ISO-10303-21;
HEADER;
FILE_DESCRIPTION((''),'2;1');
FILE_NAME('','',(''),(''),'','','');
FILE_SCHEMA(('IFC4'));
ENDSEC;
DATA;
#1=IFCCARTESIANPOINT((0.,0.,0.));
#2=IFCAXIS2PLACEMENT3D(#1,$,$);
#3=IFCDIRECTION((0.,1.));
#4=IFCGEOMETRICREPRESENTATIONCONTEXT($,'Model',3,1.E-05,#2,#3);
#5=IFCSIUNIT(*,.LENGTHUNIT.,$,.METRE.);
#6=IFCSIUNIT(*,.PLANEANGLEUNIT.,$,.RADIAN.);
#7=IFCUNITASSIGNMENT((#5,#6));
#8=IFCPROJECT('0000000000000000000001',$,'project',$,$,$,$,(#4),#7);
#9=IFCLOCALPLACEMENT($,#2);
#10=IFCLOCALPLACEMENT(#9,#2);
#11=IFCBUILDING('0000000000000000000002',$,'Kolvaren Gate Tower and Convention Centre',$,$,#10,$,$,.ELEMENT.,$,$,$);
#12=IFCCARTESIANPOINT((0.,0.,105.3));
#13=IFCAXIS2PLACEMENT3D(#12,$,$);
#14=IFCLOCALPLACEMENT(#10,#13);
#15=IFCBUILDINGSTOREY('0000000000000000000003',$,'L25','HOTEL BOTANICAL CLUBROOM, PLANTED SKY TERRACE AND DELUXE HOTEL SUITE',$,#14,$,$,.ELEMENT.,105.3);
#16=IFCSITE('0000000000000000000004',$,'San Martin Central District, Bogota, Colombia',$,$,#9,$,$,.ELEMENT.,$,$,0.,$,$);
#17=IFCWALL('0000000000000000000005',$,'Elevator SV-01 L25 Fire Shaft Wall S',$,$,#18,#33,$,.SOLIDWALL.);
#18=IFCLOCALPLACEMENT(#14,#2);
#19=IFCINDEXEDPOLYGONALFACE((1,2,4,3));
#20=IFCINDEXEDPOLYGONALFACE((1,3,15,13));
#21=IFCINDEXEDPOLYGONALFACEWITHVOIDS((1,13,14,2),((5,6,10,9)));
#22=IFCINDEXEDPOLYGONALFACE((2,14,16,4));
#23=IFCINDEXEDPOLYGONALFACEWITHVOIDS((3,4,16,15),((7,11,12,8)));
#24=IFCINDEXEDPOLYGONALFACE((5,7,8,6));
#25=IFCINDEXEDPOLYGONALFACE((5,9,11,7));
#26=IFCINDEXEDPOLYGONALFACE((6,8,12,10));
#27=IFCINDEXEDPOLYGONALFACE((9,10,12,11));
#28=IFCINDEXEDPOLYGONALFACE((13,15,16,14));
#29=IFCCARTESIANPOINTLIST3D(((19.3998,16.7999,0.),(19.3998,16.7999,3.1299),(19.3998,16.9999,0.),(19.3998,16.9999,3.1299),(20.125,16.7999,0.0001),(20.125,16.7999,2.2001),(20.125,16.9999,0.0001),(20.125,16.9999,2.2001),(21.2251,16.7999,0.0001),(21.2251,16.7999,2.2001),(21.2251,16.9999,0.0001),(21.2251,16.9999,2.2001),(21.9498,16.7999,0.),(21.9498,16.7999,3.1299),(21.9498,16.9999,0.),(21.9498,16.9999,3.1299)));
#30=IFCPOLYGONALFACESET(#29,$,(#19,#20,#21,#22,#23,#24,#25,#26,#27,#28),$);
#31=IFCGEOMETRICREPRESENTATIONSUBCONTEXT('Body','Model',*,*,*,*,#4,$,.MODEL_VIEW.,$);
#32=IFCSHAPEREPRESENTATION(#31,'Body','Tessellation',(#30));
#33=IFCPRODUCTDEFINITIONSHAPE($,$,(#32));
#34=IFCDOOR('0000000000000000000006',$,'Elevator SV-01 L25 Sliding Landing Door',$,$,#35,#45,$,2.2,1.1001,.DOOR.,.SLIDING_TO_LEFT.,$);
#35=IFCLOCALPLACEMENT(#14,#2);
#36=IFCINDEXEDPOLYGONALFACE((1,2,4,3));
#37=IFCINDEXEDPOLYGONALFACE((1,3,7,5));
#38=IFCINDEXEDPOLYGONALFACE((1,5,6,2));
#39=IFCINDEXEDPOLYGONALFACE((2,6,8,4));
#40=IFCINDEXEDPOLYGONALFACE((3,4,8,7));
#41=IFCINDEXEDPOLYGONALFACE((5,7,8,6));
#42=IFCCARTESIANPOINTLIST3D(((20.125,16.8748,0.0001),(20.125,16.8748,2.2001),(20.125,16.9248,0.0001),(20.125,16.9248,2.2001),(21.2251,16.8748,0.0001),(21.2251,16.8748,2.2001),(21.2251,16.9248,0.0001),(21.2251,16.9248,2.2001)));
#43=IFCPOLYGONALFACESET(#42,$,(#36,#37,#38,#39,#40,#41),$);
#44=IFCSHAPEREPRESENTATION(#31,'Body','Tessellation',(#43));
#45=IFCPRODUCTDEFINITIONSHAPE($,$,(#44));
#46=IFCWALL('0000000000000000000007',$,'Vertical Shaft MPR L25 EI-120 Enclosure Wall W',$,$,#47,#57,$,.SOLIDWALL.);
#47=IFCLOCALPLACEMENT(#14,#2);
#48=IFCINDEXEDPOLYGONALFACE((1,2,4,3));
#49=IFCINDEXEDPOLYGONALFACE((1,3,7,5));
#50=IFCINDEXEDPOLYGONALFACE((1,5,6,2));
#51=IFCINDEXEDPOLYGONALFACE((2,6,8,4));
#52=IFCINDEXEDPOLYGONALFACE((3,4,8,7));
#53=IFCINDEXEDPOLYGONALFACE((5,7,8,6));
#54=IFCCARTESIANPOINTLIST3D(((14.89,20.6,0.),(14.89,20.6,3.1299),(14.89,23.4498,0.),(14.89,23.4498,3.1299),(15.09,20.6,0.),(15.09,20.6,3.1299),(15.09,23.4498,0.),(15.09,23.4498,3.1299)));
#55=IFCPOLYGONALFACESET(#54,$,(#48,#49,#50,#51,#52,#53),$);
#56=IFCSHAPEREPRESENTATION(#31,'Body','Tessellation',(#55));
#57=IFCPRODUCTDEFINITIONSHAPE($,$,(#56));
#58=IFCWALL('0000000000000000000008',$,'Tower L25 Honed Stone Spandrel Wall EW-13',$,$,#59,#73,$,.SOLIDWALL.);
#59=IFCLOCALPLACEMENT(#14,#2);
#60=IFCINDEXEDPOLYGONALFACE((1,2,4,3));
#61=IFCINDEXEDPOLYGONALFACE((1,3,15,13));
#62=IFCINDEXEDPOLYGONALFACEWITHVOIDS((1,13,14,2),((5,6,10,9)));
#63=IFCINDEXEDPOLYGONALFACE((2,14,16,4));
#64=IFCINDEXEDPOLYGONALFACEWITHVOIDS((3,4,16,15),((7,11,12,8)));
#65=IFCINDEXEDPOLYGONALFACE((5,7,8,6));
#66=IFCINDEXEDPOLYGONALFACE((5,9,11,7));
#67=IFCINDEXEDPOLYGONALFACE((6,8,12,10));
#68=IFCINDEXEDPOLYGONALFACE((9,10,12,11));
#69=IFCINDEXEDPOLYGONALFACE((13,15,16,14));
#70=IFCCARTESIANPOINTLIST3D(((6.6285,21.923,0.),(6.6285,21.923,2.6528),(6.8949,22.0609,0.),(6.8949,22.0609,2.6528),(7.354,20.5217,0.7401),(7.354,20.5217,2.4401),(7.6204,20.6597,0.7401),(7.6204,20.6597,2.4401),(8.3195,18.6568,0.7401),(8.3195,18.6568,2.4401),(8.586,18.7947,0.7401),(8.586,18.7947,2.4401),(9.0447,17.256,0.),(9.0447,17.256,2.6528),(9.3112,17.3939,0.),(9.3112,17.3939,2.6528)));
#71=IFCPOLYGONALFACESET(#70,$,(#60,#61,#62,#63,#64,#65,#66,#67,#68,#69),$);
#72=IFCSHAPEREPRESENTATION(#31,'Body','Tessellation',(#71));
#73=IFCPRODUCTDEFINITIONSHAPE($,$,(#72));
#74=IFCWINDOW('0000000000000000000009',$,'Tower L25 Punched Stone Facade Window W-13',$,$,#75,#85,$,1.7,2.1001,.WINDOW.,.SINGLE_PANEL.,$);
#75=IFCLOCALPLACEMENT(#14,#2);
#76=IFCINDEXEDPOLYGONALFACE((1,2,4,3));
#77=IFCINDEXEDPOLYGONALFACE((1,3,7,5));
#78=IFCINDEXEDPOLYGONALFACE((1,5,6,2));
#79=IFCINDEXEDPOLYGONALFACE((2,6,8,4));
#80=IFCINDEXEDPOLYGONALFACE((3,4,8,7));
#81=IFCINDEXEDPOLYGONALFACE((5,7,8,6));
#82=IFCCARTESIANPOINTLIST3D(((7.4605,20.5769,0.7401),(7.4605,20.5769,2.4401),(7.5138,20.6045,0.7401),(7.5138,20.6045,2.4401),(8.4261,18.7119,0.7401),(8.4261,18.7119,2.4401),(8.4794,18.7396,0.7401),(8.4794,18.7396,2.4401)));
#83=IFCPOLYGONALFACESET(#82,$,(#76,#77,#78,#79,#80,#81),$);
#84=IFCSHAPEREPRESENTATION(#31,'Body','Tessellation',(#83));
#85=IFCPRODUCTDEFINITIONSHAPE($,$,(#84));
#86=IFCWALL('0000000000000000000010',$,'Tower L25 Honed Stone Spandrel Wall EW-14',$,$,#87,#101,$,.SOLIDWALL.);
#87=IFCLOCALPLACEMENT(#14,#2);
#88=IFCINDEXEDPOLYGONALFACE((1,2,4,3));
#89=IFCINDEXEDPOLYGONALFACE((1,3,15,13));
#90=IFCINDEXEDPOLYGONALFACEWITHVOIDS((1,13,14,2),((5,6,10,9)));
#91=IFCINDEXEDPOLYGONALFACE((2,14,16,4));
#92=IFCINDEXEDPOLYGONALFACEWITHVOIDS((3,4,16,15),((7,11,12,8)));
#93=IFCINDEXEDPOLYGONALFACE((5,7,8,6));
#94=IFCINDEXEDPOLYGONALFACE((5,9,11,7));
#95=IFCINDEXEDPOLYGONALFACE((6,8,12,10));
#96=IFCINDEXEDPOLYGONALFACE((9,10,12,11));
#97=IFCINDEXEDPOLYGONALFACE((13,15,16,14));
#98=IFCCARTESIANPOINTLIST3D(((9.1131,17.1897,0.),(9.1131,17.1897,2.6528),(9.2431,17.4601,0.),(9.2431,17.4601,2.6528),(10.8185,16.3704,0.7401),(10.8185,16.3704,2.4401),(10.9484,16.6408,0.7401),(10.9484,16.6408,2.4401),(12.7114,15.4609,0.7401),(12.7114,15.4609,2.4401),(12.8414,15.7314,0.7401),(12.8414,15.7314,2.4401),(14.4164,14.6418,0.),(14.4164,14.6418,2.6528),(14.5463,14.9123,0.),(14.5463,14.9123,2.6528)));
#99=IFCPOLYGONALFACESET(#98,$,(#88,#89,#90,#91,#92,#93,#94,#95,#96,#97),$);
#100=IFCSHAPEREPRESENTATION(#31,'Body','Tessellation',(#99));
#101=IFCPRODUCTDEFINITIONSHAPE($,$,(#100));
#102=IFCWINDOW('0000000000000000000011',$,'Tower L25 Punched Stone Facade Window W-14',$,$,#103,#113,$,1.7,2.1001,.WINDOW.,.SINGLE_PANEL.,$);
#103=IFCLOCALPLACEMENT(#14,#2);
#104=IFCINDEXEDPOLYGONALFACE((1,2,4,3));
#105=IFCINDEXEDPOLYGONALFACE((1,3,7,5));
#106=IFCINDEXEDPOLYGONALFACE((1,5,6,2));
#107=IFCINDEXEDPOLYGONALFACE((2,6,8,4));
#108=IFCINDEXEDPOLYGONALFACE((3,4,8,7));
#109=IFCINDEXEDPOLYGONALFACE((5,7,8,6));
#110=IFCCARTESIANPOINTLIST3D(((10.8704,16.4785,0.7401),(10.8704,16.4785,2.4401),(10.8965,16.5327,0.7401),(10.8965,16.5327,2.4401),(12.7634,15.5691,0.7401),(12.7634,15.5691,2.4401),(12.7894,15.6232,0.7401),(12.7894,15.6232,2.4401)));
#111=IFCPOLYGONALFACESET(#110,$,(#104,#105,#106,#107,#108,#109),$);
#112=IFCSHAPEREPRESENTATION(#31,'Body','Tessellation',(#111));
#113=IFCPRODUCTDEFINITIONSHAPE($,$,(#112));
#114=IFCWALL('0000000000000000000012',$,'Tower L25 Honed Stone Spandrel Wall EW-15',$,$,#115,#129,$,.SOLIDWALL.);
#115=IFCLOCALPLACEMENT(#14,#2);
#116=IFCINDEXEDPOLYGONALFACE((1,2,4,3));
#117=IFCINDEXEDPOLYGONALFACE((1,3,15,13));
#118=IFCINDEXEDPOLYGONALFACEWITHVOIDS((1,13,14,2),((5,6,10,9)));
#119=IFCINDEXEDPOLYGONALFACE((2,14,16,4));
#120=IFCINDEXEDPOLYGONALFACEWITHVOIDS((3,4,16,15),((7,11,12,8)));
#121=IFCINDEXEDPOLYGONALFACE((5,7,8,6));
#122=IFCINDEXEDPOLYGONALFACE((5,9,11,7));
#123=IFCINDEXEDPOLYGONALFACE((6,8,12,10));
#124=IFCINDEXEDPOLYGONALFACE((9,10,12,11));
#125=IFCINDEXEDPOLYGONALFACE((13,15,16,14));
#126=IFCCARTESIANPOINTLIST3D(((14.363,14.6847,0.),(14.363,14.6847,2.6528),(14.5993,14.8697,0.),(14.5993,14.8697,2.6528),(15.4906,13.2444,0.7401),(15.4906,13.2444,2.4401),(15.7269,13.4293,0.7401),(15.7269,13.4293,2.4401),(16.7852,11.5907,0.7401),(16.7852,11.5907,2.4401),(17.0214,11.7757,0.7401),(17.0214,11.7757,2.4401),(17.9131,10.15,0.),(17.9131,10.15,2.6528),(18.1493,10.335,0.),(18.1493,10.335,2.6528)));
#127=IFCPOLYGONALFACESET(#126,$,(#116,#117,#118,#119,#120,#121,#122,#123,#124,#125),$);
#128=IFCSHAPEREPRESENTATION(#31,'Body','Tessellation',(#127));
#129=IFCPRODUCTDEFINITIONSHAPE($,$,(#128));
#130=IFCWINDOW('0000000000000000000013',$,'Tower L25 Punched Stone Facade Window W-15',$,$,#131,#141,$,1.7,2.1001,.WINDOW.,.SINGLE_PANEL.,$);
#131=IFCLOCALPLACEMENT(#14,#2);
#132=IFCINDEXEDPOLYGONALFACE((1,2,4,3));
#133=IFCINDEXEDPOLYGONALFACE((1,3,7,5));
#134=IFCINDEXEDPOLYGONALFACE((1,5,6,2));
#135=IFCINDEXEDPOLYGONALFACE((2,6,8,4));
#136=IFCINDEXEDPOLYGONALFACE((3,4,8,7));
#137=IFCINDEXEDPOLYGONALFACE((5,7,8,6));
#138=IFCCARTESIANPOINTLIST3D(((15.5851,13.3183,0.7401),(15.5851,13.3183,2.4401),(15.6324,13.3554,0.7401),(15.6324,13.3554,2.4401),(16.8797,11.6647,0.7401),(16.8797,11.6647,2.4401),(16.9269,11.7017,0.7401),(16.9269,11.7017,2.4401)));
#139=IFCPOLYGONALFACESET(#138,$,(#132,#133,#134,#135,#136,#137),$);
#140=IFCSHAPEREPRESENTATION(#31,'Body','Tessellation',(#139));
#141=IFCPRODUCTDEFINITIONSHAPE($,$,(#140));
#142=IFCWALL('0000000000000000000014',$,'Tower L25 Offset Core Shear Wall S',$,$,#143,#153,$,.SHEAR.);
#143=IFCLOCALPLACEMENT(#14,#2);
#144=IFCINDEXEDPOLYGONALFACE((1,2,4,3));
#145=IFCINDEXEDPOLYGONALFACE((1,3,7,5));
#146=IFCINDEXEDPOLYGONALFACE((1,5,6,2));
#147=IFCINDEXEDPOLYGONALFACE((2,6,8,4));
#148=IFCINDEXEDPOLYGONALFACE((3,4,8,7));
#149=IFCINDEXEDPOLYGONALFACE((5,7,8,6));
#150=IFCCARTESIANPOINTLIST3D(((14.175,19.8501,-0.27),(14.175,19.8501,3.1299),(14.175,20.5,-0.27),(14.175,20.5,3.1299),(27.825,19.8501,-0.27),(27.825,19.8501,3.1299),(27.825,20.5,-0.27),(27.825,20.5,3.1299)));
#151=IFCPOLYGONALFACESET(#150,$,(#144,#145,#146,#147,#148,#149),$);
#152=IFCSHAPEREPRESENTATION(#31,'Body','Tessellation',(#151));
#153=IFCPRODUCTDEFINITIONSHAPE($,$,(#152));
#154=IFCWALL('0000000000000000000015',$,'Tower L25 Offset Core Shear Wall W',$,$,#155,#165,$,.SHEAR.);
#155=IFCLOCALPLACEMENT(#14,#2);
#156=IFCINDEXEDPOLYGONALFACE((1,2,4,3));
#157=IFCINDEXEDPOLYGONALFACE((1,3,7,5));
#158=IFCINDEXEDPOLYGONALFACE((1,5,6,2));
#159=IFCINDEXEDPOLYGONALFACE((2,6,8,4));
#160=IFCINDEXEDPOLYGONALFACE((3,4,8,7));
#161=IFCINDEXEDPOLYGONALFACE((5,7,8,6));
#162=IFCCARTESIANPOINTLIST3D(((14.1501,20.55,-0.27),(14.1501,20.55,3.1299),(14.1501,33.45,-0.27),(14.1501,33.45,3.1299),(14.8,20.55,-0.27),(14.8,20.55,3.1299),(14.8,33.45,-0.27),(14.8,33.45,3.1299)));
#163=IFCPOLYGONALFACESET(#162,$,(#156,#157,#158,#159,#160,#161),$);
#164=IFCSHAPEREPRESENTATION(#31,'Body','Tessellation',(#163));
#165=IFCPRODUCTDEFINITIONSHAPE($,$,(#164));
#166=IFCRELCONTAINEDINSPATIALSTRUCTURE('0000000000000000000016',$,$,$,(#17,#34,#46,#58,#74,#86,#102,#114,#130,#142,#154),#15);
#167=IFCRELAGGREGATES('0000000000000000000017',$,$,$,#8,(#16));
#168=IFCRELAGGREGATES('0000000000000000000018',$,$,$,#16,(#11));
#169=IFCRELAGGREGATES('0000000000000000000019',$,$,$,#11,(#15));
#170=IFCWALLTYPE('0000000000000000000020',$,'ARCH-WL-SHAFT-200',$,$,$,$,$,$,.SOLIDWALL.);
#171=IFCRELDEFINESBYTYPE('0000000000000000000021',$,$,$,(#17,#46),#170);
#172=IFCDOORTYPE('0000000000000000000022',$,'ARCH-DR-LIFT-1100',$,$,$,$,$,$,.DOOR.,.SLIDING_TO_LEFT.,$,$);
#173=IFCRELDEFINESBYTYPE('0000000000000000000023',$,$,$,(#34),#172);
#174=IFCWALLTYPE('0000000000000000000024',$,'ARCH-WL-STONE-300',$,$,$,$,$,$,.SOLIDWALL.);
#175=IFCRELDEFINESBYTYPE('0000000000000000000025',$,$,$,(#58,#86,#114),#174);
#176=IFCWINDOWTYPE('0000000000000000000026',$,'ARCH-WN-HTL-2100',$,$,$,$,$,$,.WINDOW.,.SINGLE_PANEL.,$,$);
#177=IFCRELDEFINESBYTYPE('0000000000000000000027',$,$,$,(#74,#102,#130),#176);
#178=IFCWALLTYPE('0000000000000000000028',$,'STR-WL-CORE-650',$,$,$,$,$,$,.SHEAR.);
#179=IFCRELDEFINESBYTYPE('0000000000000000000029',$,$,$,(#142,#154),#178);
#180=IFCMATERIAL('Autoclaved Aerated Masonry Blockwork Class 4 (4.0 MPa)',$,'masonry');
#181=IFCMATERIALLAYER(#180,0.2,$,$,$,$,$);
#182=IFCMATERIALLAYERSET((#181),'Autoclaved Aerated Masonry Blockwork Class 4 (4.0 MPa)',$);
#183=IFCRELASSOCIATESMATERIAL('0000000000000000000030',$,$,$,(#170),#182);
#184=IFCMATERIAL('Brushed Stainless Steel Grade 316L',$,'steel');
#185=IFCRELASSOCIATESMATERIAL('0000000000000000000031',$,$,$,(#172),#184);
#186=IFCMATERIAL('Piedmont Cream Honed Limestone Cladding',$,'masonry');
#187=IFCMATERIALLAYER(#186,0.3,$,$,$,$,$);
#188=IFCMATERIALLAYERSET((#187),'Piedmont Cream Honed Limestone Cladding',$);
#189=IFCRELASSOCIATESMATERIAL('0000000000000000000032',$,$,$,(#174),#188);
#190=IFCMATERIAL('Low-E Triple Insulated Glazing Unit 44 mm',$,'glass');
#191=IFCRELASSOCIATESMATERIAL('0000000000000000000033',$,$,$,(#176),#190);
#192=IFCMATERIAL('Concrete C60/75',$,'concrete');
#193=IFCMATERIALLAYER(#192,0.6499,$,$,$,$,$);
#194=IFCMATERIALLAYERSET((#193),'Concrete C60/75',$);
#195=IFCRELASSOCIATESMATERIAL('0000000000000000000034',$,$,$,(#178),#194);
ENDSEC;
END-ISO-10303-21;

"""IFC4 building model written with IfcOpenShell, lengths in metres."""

from ifc_helpers import new_model, si_unit, direction, frame, frame_2d, origin, place, context, subcontext, project, spatial, rectangle, extrude, material, layer, layer_set, type_object, element, fill, save


model = new_model("IFC4")

# Units and contexts
model_context = context("Model", 3, precision=1e-05, world=origin(), true_north=direction((0.0, 1.0)))
body_context = subcontext(model_context, "Body", "Model", "MODEL_VIEW")
ifc_project = project(units=[si_unit("LENGTHUNIT", "METRE"), si_unit("PLANEANGLEUNIT", "RADIAN")], contexts=[model_context])

# Site, building, storey
site_placement = place(None, origin())
site = spatial("IfcSite", under=ifc_project, at=site_placement, Name="San Martin Central District, Bogota, Colombia", CompositionType="ELEMENT", RefElevation=0.0)
building_placement = place(site_placement, origin())
building = spatial("IfcBuilding", under=site, at=building_placement, Name="Kolvaren Gate Tower and Convention Centre", CompositionType="ELEMENT")
storey_placement = place(building_placement, frame((0.0, 0.0, 105.3)))
storey = spatial("IfcBuildingStorey", under=building, at=storey_placement, Name="L25", Description="HOTEL BOTANICAL CLUBROOM, PLANTED SKY TERRACE AND DELUXE HOTEL SUITE", CompositionType="ELEMENT", Elevation=105.3)

# Shared definitions
ifc_material_1 = material(Name="Concrete C60/75", Category="concrete")

# Shared definitions
ifc_material_2 = material(Name="Piedmont Cream Honed Limestone Cladding", Category="masonry")
ifc_material_3 = material(Name="Autoclaved Aerated Masonry Blockwork Class 4 (4.0 MPa)", Category="masonry")
ifc_layer_1 = layer(ifc_material_3, 0.2)
ifc_layer_set_1 = layer_set([ifc_layer_1], Name="Autoclaved Aerated Masonry Blockwork Class 4 (4.0 MPa)")
wall_type_1 = type_object("IfcWallType", Name="ARCH-WL-SHAFT-200", PredefinedType="SOLIDWALL", material=ifc_layer_set_1)

# Wall, opening, door
wall_1_placement = place(storey_placement, frame((19.3999, 16.8999, 0.0), z_axis=(0.0, 0.0, 1.0), x_axis=(1.0, 0.0, 0.0)))
wall_1 = element("IfcWall", 1, at=wall_1_placement, inside=storey, type_object=wall_type_1, Name="Elevator SV-01 L25 Fire Shaft Wall S", PredefinedType="SOLIDWALL", context=body_context, shape_type="SweptSolid", body=[
    extrude(rectangle(XDim=2.55, YDim=0.2, at=frame_2d((1.2749, 0.0))), origin(), (0.0, 0.0, 1.0), 3.1299),
])
opening_1_placement = place(wall_1_placement, frame((0.7251, 0.0, 0.0)))
opening_1 = element("IfcOpeningElement", 2, at=opening_1_placement, cuts=wall_1, PredefinedType="OPENING", context=body_context, shape_type="SweptSolid", body=[
    extrude(rectangle(XDim=1.1001, YDim=2.2, at=frame_2d((0.55, 1.1001))), frame((0.0, 0.1099, 0.0), z_axis=(0.0, -1.0, 0.0), x_axis=(1.0, 0.0, 0.0)), (0.0, 0.0, 1.0), 0.22),
])
ifc_material_4 = material(Name="Brushed Stainless Steel Grade 316L", Category="steel")
door_type = type_object("IfcDoorType", Name="ARCH-DR-LIFT-1100", OperationType="SLIDING_TO_LEFT", PredefinedType="DOOR", material=ifc_material_4)
door_placement = place(opening_1_placement, origin())
door = element("IfcDoor", 3, at=door_placement, inside=storey, type_object=door_type, Name="Elevator SV-01 L25 Sliding Landing Door", OperationType="SLIDING_TO_LEFT", OverallHeight=2.2, OverallWidth=1.1001, PredefinedType="DOOR", context=body_context, shape_type="SweptSolid", body=[
    extrude(rectangle(XDim=1.1001, YDim=2.2, at=frame_2d((0.55, 1.1001))), frame((0.0, 0.0249, 0.0), z_axis=(0.0, -1.0, 0.0), x_axis=(1.0, 0.0, 0.0)), (0.0, 0.0, 1.0), 0.05),
])
fill(opening_1, door)

# Wall
wall_2_placement = place(storey_placement, frame((14.99, 20.6001, 0.0), z_axis=(0.0, 0.0, 1.0), x_axis=(0.0, 1.0, 0.0)))
element("IfcWall", 4, at=wall_2_placement, inside=storey, type_object=wall_type_1, Name="Vertical Shaft MPR L25 EI-120 Enclosure Wall W", PredefinedType="SOLIDWALL", context=body_context, shape_type="SweptSolid", body=[
    extrude(rectangle(XDim=2.8499, YDim=0.2, at=frame_2d((1.4248, 0.0))), origin(), (0.0, 0.0, 1.0), 3.1299),
])

# Walls, openings, windows
ifc_layer_2 = layer(ifc_material_2, 0.3)
ifc_layer_set_2 = layer_set([ifc_layer_2], Name="Piedmont Cream Honed Limestone Cladding")
wall_type_2 = type_object("IfcWallType", Name="ARCH-WL-STONE-300", PredefinedType="SOLIDWALL", material=ifc_layer_set_2)
wall_3_placement = place(storey_placement, frame((6.7617, 21.9919, 0.0), z_axis=(0.0, 0.0, 1.0), x_axis=(0.459768, -0.888039, 0.0)))
wall_3 = element("IfcWall", 5, at=wall_3_placement, inside=storey, type_object=wall_type_2, Name="Tower L25 Honed Stone Spandrel Wall EW-13", PredefinedType="SOLIDWALL", context=body_context, shape_type="SweptSolid", body=[
    extrude(rectangle(XDim=5.2554, YDim=0.3, at=frame_2d((2.6277, 0.0))), origin(), (0.0, 0.0, 1.0), 2.6528),
])
opening_2_placement = place(wall_3_placement, frame((1.5779, 0.0, 0.74)))
opening_2 = element("IfcOpeningElement", 6, at=opening_2_placement, cuts=wall_3, PredefinedType="OPENING", context=body_context, shape_type="SweptSolid", body=[
    extrude(rectangle(XDim=2.1001, YDim=1.7, at=frame_2d((1.05, 0.8501))), frame((0.0, 0.1599, 0.0), z_axis=(0.0, -1.0, 0.0), x_axis=(1.0, 0.0, 0.0)), (0.0, 0.0, 1.0), 0.3201),
])
ifc_material_5 = material(Name="Low-E Triple Insulated Glazing Unit 44 mm", Category="glass")
window_type = type_object("IfcWindowType", Name="ARCH-WN-HTL-2100", PartitioningType="SINGLE_PANEL", PredefinedType="WINDOW", material=ifc_material_5)
window_1_placement = place(opening_2_placement, origin())
window_1 = element("IfcWindow", 7, at=window_1_placement, inside=storey, type_object=window_type, Name="Tower L25 Punched Stone Facade Window W-13", OverallHeight=1.7, OverallWidth=2.1001, PartitioningType="SINGLE_PANEL", PredefinedType="WINDOW", context=body_context, shape_type="SweptSolid", body=[
    extrude(rectangle(XDim=2.1001, YDim=1.7, at=frame_2d((1.05, 0.8501))), frame((0.0, 0.03, 0.0), z_axis=(0.0, -1.0, 0.0), x_axis=(1.0, 0.0, 0.0)), (0.0, 0.0, 1.0), 0.0601),
])
fill(opening_2, window_1)
wall_4_placement = place(storey_placement, frame((9.178, 17.325, 0.0), z_axis=(0.0, 0.0, 1.0), x_axis=(0.90137, -0.433049, 0.0)))
wall_4 = element("IfcWall", 8, at=wall_4_placement, inside=storey, type_object=wall_type_2, Name="Tower L25 Honed Stone Spandrel Wall EW-14", PredefinedType="SOLIDWALL", context=body_context, shape_type="SweptSolid", body=[
    extrude(rectangle(XDim=5.8835, YDim=0.3, at=frame_2d((2.9419, 0.0))), origin(), (0.0, 0.0, 1.0), 2.6528),
])
opening_3_placement = place(wall_4_placement, frame((1.8921, 0.0, 0.74)))
opening_3 = element("IfcOpeningElement", 9, at=opening_3_placement, cuts=wall_4, PredefinedType="OPENING", context=body_context, shape_type="SweptSolid", body=[
    extrude(rectangle(XDim=2.1001, YDim=1.7, at=frame_2d((1.05, 0.8501))), frame((0.0, 0.1599, 0.0), z_axis=(0.0, -1.0, 0.0), x_axis=(1.0, 0.0, 0.0)), (0.0, 0.0, 1.0), 0.3201),
])
window_2_placement = place(opening_3_placement, origin())
window_2 = element("IfcWindow", 10, at=window_2_placement, inside=storey, type_object=window_type, Name="Tower L25 Punched Stone Facade Window W-14", OverallHeight=1.7, OverallWidth=2.1001, PartitioningType="SINGLE_PANEL", PredefinedType="WINDOW", context=body_context, shape_type="SweptSolid", body=[
    extrude(rectangle(XDim=2.1001, YDim=1.7, at=frame_2d((1.05, 0.8501))), frame((0.0, 0.03, 0.0), z_axis=(0.0, -1.0, 0.0), x_axis=(1.0, 0.0, 0.0)), (0.0, 0.0, 1.0), 0.0601),
])
fill(opening_3, window_2)
wall_5_placement = place(storey_placement, frame((14.4812, 14.7771, 0.0), z_axis=(0.0, 0.0, 1.0), x_axis=(0.616435, -0.787406, 0.0)))
wall_5 = element("IfcWall", 11, at=wall_5_placement, inside=storey, type_object=wall_type_2, Name="Tower L25 Honed Stone Spandrel Wall EW-15", PredefinedType="SOLIDWALL", context=body_context, shape_type="SweptSolid", body=[
    extrude(rectangle(XDim=5.759, YDim=0.3, at=frame_2d((2.8794, 0.0))), origin(), (0.0, 0.0, 1.0), 2.6528),
])
opening_4_placement = place(wall_5_placement, frame((1.8291, 0.0, 0.74)))
opening_4 = element("IfcOpeningElement", 12, at=opening_4_placement, cuts=wall_5, PredefinedType="OPENING", context=body_context, shape_type="SweptSolid", body=[
    extrude(rectangle(XDim=2.1001, YDim=1.7, at=frame_2d((1.05, 0.8501))), frame((0.0, 0.1599, 0.0), z_axis=(0.0, -1.0, 0.0), x_axis=(1.0, 0.0, 0.0)), (0.0, 0.0, 1.0), 0.3201),
])
window_3_placement = place(opening_4_placement, origin())
window_3 = element("IfcWindow", 13, at=window_3_placement, inside=storey, type_object=window_type, Name="Tower L25 Punched Stone Facade Window W-15", OverallHeight=1.7, OverallWidth=2.1001, PartitioningType="SINGLE_PANEL", PredefinedType="WINDOW", context=body_context, shape_type="SweptSolid", body=[
    extrude(rectangle(XDim=2.1001, YDim=1.7, at=frame_2d((1.05, 0.8501))), frame((0.0, 0.03, 0.0), z_axis=(0.0, -1.0, 0.0), x_axis=(1.0, 0.0, 0.0)), (0.0, 0.0, 1.0), 0.0601),
])
fill(opening_4, window_3)

# Walls
ifc_layer_3 = layer(ifc_material_1, 0.6499)
ifc_layer_set_3 = layer_set([ifc_layer_3], Name="Concrete C60/75")
wall_type_3 = type_object("IfcWallType", Name="STR-WL-CORE-650", PredefinedType="SHEAR", material=ifc_layer_set_3)
wall_6_placement = place(storey_placement, frame((14.175, 20.175, -0.27), z_axis=(0.0, 0.0, 1.0), x_axis=(1.0, 0.0, 0.0)))
element("IfcWall", 14, at=wall_6_placement, inside=storey, type_object=wall_type_3, Name="Tower L25 Offset Core Shear Wall S", PredefinedType="SHEAR", context=body_context, shape_type="SweptSolid", body=[
    extrude(rectangle(XDim=13.6499, YDim=0.6499, at=frame_2d((6.825, 0.0))), origin(), (0.0, 0.0, 1.0), 3.3999),
])
wall_7_placement = place(storey_placement, frame((14.4751, 20.55, -0.27), z_axis=(0.0, 0.0, 1.0), x_axis=(0.0, 1.0, 0.0)))
element("IfcWall", 15, at=wall_7_placement, inside=storey, type_object=wall_type_3, Name="Tower L25 Offset Core Shear Wall W", PredefinedType="SHEAR", context=body_context, shape_type="SweptSolid", body=[
    extrude(rectangle(XDim=12.8999, YDim=0.6499, at=frame_2d((6.45, 0.0))), origin(), (0.0, 0.0, 1.0), 3.3999),
])

save(model, "model.ifc")
